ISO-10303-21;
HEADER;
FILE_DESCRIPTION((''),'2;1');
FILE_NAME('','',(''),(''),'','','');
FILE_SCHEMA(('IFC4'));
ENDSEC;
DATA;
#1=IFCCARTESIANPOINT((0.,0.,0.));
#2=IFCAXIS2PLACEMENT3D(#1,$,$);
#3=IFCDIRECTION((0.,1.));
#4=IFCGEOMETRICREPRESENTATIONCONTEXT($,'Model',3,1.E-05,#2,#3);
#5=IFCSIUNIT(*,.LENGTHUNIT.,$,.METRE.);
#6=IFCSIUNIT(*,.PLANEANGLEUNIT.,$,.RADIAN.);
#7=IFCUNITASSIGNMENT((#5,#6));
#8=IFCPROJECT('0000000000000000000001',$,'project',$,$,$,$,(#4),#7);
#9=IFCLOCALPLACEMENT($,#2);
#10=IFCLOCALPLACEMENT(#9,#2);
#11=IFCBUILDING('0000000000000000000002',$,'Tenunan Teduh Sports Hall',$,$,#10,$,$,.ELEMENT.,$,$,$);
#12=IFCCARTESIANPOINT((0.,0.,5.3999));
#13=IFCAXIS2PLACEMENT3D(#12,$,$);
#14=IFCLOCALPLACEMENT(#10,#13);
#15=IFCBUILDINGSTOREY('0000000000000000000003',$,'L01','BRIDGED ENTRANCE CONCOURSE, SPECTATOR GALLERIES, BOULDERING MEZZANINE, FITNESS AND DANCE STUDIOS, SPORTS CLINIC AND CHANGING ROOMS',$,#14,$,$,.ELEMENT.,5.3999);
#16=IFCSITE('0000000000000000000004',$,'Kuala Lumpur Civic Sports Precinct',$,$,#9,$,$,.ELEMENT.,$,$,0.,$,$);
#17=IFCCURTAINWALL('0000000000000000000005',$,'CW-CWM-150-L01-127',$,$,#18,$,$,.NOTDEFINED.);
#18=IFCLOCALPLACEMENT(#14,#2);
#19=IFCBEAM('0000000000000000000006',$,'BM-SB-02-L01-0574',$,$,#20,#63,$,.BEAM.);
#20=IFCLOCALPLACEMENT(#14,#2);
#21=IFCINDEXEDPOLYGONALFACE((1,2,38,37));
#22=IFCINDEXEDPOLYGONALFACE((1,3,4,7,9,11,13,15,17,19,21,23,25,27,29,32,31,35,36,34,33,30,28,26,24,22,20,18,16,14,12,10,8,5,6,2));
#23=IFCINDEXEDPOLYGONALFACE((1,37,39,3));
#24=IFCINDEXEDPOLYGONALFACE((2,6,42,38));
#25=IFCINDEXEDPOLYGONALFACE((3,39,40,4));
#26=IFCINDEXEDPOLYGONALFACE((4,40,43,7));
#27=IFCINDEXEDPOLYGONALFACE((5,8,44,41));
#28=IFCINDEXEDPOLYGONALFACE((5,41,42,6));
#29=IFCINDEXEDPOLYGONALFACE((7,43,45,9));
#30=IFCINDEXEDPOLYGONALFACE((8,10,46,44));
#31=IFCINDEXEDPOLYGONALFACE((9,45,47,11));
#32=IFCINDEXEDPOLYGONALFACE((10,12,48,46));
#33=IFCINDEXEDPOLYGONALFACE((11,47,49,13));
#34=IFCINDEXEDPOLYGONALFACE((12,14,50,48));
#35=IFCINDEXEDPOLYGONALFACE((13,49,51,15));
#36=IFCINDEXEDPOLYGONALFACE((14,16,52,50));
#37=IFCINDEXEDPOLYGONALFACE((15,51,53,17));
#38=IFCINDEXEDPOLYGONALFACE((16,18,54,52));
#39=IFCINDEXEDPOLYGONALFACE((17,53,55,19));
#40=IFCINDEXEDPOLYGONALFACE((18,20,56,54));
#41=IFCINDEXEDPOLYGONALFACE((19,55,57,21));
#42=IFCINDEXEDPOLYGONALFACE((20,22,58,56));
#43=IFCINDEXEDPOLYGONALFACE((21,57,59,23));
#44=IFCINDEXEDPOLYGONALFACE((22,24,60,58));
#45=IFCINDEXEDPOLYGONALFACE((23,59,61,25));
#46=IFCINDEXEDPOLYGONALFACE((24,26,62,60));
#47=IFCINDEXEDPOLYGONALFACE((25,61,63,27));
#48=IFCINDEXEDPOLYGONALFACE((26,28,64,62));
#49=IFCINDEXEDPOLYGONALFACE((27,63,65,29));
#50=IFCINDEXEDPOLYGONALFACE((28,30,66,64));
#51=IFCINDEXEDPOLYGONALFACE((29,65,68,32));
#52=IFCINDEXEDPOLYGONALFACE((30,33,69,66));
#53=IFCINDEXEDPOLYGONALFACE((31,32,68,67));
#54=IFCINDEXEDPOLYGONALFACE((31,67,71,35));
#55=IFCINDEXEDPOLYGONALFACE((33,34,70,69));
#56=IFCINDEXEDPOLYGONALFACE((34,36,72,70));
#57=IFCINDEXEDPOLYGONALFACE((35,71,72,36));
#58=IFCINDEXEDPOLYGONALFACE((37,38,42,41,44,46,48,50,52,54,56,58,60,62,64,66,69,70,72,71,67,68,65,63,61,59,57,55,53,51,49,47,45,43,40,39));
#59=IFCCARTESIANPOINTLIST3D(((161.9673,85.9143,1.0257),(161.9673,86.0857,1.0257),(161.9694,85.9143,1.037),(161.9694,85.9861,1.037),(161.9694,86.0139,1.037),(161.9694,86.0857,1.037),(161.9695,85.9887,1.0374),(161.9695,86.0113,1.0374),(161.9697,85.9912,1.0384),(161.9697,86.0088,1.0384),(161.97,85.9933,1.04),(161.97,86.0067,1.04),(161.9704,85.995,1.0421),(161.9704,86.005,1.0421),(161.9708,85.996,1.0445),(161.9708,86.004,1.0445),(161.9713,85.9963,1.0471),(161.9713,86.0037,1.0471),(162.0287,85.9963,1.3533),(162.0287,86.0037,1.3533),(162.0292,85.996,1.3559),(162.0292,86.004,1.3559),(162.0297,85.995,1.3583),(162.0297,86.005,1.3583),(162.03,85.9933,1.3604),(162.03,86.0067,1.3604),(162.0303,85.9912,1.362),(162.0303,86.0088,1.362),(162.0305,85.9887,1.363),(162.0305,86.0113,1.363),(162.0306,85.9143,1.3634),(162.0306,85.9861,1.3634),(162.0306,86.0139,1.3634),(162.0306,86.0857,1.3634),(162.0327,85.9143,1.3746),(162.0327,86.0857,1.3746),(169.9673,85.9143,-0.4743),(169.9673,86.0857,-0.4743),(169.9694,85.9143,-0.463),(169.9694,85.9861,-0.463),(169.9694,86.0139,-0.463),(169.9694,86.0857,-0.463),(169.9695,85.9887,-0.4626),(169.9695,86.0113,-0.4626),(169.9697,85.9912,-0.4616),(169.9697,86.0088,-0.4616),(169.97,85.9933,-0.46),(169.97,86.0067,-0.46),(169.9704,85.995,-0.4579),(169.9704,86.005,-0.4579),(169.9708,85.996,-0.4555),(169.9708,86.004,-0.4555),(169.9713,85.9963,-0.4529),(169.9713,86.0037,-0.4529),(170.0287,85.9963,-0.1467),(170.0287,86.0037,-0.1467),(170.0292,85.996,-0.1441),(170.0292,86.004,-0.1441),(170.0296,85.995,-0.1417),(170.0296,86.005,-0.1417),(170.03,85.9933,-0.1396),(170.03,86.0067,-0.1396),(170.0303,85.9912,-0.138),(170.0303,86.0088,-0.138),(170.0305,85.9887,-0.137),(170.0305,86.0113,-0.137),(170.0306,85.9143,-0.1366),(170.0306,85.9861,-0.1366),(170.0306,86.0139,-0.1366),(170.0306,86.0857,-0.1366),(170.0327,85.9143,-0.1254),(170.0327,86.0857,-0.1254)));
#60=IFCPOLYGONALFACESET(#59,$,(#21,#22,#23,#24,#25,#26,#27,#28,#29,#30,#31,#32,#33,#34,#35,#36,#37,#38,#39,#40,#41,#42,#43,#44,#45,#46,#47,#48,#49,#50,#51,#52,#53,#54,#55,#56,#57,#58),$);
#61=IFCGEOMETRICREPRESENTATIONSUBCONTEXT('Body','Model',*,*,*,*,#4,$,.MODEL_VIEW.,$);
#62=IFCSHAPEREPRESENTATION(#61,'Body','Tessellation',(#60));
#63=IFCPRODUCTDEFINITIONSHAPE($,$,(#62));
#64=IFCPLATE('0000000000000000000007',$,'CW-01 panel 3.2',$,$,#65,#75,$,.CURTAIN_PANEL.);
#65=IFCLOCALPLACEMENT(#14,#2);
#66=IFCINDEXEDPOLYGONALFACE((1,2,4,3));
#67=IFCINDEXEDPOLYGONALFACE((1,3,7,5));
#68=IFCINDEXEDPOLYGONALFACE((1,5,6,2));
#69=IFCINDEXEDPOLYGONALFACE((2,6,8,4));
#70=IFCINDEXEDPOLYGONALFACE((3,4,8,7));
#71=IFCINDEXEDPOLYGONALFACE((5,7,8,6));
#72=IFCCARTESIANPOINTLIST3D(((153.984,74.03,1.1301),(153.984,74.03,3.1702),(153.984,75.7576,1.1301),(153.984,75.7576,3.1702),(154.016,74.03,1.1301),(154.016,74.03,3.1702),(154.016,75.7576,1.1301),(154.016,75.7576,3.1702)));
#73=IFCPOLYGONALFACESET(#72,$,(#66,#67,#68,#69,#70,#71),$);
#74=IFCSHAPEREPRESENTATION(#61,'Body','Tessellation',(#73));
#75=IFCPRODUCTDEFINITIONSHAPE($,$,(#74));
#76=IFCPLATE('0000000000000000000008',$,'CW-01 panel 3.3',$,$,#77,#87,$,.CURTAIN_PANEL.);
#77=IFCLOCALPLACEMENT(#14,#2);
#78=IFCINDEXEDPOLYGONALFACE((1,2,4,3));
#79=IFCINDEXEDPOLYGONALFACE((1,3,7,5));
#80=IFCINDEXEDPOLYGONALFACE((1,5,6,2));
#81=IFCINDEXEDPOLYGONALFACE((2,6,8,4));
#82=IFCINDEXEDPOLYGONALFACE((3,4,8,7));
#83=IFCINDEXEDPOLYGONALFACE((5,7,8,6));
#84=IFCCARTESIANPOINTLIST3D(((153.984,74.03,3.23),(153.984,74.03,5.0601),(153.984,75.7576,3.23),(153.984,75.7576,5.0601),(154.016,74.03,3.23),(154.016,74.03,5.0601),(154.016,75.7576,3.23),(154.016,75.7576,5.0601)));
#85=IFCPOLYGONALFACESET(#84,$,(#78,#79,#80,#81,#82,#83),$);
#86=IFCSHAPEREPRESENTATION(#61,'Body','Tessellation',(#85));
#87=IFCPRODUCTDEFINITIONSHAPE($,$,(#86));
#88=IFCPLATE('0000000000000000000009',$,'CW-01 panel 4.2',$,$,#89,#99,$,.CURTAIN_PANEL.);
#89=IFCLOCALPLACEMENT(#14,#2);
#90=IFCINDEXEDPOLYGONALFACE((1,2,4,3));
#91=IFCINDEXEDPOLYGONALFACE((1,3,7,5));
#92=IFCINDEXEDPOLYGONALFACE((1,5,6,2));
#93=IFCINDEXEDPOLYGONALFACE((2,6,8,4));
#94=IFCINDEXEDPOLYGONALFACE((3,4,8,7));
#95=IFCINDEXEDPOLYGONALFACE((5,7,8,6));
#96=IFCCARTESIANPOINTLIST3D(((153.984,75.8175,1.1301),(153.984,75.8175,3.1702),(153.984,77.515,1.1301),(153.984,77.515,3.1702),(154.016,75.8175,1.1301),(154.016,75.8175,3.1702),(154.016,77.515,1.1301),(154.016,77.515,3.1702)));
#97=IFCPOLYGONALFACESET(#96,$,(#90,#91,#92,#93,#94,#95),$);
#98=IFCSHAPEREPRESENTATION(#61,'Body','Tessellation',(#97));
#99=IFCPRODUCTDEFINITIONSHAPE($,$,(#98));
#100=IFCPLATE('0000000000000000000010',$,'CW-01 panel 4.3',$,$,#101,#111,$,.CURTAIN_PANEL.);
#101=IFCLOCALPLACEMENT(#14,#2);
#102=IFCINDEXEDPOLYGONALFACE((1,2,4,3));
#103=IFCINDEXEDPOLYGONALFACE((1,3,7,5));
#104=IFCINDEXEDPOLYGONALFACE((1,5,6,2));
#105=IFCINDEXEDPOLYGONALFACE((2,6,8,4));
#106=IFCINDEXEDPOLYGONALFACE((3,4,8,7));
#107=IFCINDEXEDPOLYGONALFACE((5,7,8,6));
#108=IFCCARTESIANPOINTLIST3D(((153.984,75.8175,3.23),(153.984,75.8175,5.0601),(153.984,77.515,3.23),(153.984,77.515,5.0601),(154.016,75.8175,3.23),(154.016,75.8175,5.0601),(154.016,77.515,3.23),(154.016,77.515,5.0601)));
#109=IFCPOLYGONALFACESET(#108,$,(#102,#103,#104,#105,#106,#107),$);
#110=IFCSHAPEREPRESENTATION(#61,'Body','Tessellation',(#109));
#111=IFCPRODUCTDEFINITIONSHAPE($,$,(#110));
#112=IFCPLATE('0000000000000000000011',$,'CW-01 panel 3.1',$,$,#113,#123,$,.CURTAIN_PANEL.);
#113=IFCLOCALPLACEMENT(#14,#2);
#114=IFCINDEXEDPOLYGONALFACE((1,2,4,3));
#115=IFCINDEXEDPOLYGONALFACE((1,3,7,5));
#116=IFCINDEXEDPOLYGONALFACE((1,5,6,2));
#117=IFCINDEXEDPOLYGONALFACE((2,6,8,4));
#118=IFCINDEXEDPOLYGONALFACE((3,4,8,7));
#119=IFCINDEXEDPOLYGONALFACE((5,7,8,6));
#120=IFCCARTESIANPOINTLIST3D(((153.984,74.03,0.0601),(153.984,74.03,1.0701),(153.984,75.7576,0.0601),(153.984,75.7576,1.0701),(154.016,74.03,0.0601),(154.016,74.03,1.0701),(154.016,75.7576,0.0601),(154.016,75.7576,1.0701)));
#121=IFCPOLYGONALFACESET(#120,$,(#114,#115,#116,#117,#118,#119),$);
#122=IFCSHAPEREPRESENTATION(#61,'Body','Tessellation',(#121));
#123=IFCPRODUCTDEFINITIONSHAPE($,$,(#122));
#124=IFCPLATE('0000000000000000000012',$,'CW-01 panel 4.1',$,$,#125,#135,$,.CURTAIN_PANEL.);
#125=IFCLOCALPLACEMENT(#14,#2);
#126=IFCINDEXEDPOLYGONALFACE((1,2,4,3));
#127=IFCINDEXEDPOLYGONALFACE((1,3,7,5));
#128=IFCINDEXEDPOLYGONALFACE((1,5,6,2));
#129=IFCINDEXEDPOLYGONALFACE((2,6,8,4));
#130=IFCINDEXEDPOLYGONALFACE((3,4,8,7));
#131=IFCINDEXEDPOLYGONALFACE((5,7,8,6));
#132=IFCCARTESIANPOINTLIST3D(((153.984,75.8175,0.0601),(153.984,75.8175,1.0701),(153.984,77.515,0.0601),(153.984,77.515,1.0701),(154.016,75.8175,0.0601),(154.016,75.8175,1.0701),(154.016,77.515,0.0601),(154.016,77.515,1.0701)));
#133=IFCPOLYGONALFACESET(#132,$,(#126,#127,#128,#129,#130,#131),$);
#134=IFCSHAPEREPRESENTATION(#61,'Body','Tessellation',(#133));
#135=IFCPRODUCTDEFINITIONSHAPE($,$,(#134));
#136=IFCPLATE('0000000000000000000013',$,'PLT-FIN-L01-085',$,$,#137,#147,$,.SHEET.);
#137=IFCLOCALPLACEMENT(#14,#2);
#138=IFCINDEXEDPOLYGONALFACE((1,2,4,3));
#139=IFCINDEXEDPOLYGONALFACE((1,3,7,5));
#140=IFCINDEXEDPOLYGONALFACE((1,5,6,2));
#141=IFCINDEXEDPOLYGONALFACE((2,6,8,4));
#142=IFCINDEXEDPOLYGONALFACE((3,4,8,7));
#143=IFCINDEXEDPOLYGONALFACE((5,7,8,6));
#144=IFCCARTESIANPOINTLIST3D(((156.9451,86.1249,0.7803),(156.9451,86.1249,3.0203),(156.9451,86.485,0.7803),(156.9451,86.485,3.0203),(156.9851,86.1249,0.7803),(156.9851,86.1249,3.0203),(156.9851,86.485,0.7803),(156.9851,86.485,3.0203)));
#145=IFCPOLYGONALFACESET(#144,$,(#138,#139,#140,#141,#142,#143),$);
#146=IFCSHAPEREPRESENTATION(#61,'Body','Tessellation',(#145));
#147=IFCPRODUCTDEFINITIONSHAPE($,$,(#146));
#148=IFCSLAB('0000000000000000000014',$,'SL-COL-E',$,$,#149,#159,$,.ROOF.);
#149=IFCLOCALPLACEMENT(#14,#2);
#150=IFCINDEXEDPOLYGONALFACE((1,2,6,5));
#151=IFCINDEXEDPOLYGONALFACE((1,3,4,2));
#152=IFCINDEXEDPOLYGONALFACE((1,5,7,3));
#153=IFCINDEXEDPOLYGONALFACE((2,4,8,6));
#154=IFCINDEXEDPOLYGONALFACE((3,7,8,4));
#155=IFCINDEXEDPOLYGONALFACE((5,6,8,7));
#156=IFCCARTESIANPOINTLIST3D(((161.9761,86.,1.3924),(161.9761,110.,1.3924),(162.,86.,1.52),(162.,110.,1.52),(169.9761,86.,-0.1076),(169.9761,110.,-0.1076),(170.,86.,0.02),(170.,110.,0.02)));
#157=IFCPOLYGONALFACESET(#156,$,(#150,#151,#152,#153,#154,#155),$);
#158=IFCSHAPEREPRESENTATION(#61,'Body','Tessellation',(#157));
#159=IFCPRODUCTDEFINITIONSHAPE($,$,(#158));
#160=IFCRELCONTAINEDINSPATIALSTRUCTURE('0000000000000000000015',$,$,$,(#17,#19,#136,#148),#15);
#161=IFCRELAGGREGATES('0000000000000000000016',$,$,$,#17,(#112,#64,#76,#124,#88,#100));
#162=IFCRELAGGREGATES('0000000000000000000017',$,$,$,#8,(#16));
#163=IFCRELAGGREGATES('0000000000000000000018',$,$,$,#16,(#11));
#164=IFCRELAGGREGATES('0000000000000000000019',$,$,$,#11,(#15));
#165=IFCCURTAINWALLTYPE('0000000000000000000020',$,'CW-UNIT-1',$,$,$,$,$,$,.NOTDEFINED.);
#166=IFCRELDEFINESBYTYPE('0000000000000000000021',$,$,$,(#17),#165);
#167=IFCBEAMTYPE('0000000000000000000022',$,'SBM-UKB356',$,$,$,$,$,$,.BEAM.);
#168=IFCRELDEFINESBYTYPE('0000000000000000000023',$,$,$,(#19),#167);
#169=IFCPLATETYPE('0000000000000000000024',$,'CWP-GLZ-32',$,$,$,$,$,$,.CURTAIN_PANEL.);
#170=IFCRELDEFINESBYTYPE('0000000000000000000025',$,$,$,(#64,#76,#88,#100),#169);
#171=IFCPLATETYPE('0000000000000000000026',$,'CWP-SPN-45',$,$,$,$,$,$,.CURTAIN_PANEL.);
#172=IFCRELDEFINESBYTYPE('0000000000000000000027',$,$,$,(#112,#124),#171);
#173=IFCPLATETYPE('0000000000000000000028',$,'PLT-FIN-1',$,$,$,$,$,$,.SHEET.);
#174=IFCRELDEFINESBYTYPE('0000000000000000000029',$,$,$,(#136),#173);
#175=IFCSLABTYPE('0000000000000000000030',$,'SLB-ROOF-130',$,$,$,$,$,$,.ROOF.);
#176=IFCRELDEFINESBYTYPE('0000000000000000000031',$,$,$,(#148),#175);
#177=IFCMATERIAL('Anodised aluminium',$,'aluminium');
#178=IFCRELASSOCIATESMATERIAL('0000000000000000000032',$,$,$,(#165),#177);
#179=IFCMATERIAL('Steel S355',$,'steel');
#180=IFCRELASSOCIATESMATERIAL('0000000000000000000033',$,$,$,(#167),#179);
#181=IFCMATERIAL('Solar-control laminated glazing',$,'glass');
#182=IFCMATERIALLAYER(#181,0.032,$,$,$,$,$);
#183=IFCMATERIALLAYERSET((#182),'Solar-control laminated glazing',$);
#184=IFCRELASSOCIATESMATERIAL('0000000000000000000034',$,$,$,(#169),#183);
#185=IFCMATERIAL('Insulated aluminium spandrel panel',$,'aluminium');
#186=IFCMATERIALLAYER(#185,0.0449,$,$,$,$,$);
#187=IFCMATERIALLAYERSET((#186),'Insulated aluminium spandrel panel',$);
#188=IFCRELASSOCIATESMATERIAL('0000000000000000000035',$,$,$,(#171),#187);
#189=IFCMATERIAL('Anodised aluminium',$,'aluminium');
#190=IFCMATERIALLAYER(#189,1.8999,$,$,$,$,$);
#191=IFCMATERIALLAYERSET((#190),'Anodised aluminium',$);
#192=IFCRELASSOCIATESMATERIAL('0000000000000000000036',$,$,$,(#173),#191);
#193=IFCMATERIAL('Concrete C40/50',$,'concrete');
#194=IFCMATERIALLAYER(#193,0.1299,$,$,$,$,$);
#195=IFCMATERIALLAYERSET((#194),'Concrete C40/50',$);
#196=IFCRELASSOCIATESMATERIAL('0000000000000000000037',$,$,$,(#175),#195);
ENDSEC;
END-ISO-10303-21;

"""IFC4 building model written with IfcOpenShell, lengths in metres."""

from ifc_helpers import new_model, si_unit, direction, frame, origin, origin_2d, place, context, subcontext, project, spatial, polyline, rectangle, i_section, outline, extrude, material, layer, layer_set, material_profile, profile_set, type_object, element, aggregate, save


model = new_model("IFC4")

# Units and contexts
model_context = context("Model", 3, precision=1e-05, world=origin(), true_north=direction((0.0, 1.0)))
body_context = subcontext(model_context, "Body", "Model", "MODEL_VIEW")
ifc_project = project(units=[si_unit("LENGTHUNIT", "METRE"), si_unit("PLANEANGLEUNIT", "RADIAN")], contexts=[model_context])

# Site, building, storey
site_placement = place(None, origin())
site = spatial("IfcSite", under=ifc_project, at=site_placement, Name="Kuala Lumpur Civic Sports Precinct", CompositionType="ELEMENT", RefElevation=0.0)
building_placement = place(site_placement, origin())
building = spatial("IfcBuilding", under=site, at=building_placement, Name="Tenunan Teduh Sports Hall", CompositionType="ELEMENT")
storey_placement = place(building_placement, frame((0.0, 0.0, 5.3999)))
storey = spatial("IfcBuildingStorey", under=building, at=storey_placement, Name="L01", Description="BRIDGED ENTRANCE CONCOURSE, SPECTATOR GALLERIES, BOULDERING MEZZANINE, FITNESS AND DANCE STUDIOS, SPORTS CLINIC AND CHANGING ROOMS", CompositionType="ELEMENT", Elevation=5.3999)

# Curtain wall
ifc_material_1 = material(Name="Anodised aluminium", Category="aluminium")
curtain_wall_type = type_object("IfcCurtainWallType", Name="CW-UNIT-1", PredefinedType="NOTDEFINED", material=ifc_material_1)
curtain_wall_1_placement = place(storey_placement, origin())
curtain_wall_1 = element("IfcCurtainWall", 1, at=curtain_wall_1_placement, inside=storey, type_object=curtain_wall_type, Name="CW-CWM-150-L01-127", PredefinedType="NOTDEFINED")

# Beam
ifc_material_2 = material(Name="Steel S355", Category="steel")
ifc_material_profile_1 = material_profile(ifc_material_2, i_section(OverallWidth=0.1714, OverallDepth=0.355, WebThickness=0.0073, FlangeThickness=0.0115, FilletRadius=0.0103, at=origin_2d()), Name="UKB 356x171x51")
ifc_profile_set_1 = profile_set([ifc_material_profile_1], Name="Steel S355")
beam_type_1 = type_object("IfcBeamType", Name="SBM-UKB356", PredefinedType="BEAM", material=ifc_profile_set_1)
beam_1_placement = place(storey_placement, frame((170.0, 86.0, -0.2998), z_axis=(-0.982872, 0.0, 0.184289), x_axis=(0.0, -1.0, 0.0)))
element("IfcBeam", 2, at=beam_1_placement, inside=storey, type_object=beam_type_1, Name="BM-SB-02-L01-0574", PredefinedType="BEAM", context=body_context, shape_type="SweptSolid", body=[
    extrude(i_section(OverallWidth=0.1714, OverallDepth=0.355, WebThickness=0.0073, FlangeThickness=0.0115, FilletRadius=0.0103, at=origin_2d()), origin(), (0.0, 0.0, 1.0), 8.1394),
])

# Plates
ifc_material_3 = material(Name="Solar-control laminated glazing", Category="glass")
ifc_layer_1 = layer(ifc_material_3, 0.032)
ifc_layer_set_1 = layer_set([ifc_layer_1], Name="Solar-control laminated glazing")
plate_type_1 = type_object("IfcPlateType", Name="CWP-GLZ-32", PredefinedType="CURTAIN_PANEL", material=ifc_layer_set_1)
plate_1_placement = place(storey_placement, frame((154.0, 74.8938, 1.1301), z_axis=(0.0, 0.0, 1.0), x_axis=(0.0, 1.0, 0.0)))
plate_1 = element("IfcPlate", 3, at=plate_1_placement, type_object=plate_type_1, Name="CW-01 panel 3.2", PredefinedType="CURTAIN_PANEL", context=body_context, shape_type="SweptSolid", body=[
    extrude(rectangle(XDim=1.7275, YDim=0.032, at=origin_2d()), origin(), (0.0, 0.0, 1.0), 2.04),
])
plate_2_placement = place(storey_placement, frame((154.0, 74.8938, 3.23), z_axis=(0.0, 0.0, 1.0), x_axis=(0.0, 1.0, 0.0)))
plate_2 = element("IfcPlate", 4, at=plate_2_placement, type_object=plate_type_1, Name="CW-01 panel 3.3", PredefinedType="CURTAIN_PANEL", context=body_context, shape_type="SweptSolid", body=[
    extrude(rectangle(XDim=1.7275, YDim=0.032, at=origin_2d()), origin(), (0.0, 0.0, 1.0), 1.8301),
])
plate_3_placement = place(storey_placement, frame((154.0, 76.6663, 1.1301), z_axis=(0.0, 0.0, 1.0), x_axis=(0.0, 1.0, 0.0)))
plate_3 = element("IfcPlate", 5, at=plate_3_placement, type_object=plate_type_1, Name="CW-01 panel 4.2", PredefinedType="CURTAIN_PANEL", context=body_context, shape_type="SweptSolid", body=[
    extrude(rectangle(XDim=1.6975, YDim=0.032, at=origin_2d()), origin(), (0.0, 0.0, 1.0), 2.04),
])
plate_4_placement = place(storey_placement, frame((154.0, 76.6663, 3.23), z_axis=(0.0, 0.0, 1.0), x_axis=(0.0, 1.0, 0.0)))
plate_4 = element("IfcPlate", 6, at=plate_4_placement, type_object=plate_type_1, Name="CW-01 panel 4.3", PredefinedType="CURTAIN_PANEL", context=body_context, shape_type="SweptSolid", body=[
    extrude(rectangle(XDim=1.6975, YDim=0.032, at=origin_2d()), origin(), (0.0, 0.0, 1.0), 1.8301),
])
ifc_material_4 = material(Name="Insulated aluminium spandrel panel", Category="aluminium")
ifc_layer_2 = layer(ifc_material_4, 0.0449)
ifc_layer_set_2 = layer_set([ifc_layer_2], Name="Insulated aluminium spandrel panel")
plate_type_2 = type_object("IfcPlateType", Name="CWP-SPN-45", PredefinedType="CURTAIN_PANEL", material=ifc_layer_set_2)
plate_5_placement = place(storey_placement, frame((154.0, 74.8938, 0.0601), z_axis=(0.0, 0.0, 1.0), x_axis=(0.0, 1.0, 0.0)))
plate_5 = element("IfcPlate", 7, at=plate_5_placement, type_object=plate_type_2, Name="CW-01 panel 3.1", PredefinedType="CURTAIN_PANEL", context=body_context, shape_type="SweptSolid", body=[
    extrude(rectangle(XDim=1.7275, YDim=0.032, at=origin_2d()), origin(), (0.0, 0.0, 1.0), 1.01),
])
plate_6_placement = place(storey_placement, frame((154.0, 76.6663, 0.0601), z_axis=(0.0, 0.0, 1.0), x_axis=(0.0, 1.0, 0.0)))
plate_6 = element("IfcPlate", 8, at=plate_6_placement, type_object=plate_type_2, Name="CW-01 panel 4.1", PredefinedType="CURTAIN_PANEL", context=body_context, shape_type="SweptSolid", body=[
    extrude(rectangle(XDim=1.6975, YDim=0.032, at=origin_2d()), origin(), (0.0, 0.0, 1.0), 1.01),
])
aggregate(curtain_wall_1, [plate_5, plate_1, plate_2, plate_6, plate_3, plate_4])
ifc_material_5 = material(Name="Anodised aluminium", Category="aluminium")
ifc_layer_3 = layer(ifc_material_5, 1.8999)
ifc_layer_set_3 = layer_set([ifc_layer_3], Name="Anodised aluminium")
plate_type_3 = type_object("IfcPlateType", Name="PLT-FIN-1", PredefinedType="SHEET", material=ifc_layer_set_3)
plate_7_placement = place(storey_placement, frame((156.9651, 86.3049, 0.7803), z_axis=(0.0, 0.0, 1.0), x_axis=(1.0, 0.0, 0.0)))
element("IfcPlate", 9, at=plate_7_placement, inside=storey, type_object=plate_type_3, Name="PLT-FIN-L01-085", PredefinedType="SHEET", context=body_context, shape_type="SweptSolid", body=[
    extrude(rectangle(XDim=0.04, YDim=0.3601, at=origin_2d()), origin(), (0.0, 0.0, 1.0), 2.24),
])

# Slab
ifc_material_6 = material(Name="Concrete C40/50", Category="concrete")
ifc_layer_4 = layer(ifc_material_6, 0.1299)
ifc_layer_set_4 = layer_set([ifc_layer_4], Name="Concrete C40/50")
slab_type = type_object("IfcSlabType", Name="SLB-ROOF-130", PredefinedType="ROOF", material=ifc_layer_set_4)
slab_placement = place(storey_placement, frame((170.0, 86.0, 0.02), z_axis=(0.184289, 0.0, 0.982872), x_axis=(0.0, 1.0, 0.0)))
element("IfcSlab", 10, at=slab_placement, inside=storey, type_object=slab_type, Name="SL-COL-E", PredefinedType="ROOF", context=body_context, shape_type="SweptSolid", body=[
    extrude(outline(polyline([(0.0, 0.0), (24.0, 0.0), (24.0, 8.1394), (0.0, 8.1394), (0.0, 0.0)])), origin(), (0.0, 0.0, -1.0), 0.1299),
])

save(model, "model.ifc")
